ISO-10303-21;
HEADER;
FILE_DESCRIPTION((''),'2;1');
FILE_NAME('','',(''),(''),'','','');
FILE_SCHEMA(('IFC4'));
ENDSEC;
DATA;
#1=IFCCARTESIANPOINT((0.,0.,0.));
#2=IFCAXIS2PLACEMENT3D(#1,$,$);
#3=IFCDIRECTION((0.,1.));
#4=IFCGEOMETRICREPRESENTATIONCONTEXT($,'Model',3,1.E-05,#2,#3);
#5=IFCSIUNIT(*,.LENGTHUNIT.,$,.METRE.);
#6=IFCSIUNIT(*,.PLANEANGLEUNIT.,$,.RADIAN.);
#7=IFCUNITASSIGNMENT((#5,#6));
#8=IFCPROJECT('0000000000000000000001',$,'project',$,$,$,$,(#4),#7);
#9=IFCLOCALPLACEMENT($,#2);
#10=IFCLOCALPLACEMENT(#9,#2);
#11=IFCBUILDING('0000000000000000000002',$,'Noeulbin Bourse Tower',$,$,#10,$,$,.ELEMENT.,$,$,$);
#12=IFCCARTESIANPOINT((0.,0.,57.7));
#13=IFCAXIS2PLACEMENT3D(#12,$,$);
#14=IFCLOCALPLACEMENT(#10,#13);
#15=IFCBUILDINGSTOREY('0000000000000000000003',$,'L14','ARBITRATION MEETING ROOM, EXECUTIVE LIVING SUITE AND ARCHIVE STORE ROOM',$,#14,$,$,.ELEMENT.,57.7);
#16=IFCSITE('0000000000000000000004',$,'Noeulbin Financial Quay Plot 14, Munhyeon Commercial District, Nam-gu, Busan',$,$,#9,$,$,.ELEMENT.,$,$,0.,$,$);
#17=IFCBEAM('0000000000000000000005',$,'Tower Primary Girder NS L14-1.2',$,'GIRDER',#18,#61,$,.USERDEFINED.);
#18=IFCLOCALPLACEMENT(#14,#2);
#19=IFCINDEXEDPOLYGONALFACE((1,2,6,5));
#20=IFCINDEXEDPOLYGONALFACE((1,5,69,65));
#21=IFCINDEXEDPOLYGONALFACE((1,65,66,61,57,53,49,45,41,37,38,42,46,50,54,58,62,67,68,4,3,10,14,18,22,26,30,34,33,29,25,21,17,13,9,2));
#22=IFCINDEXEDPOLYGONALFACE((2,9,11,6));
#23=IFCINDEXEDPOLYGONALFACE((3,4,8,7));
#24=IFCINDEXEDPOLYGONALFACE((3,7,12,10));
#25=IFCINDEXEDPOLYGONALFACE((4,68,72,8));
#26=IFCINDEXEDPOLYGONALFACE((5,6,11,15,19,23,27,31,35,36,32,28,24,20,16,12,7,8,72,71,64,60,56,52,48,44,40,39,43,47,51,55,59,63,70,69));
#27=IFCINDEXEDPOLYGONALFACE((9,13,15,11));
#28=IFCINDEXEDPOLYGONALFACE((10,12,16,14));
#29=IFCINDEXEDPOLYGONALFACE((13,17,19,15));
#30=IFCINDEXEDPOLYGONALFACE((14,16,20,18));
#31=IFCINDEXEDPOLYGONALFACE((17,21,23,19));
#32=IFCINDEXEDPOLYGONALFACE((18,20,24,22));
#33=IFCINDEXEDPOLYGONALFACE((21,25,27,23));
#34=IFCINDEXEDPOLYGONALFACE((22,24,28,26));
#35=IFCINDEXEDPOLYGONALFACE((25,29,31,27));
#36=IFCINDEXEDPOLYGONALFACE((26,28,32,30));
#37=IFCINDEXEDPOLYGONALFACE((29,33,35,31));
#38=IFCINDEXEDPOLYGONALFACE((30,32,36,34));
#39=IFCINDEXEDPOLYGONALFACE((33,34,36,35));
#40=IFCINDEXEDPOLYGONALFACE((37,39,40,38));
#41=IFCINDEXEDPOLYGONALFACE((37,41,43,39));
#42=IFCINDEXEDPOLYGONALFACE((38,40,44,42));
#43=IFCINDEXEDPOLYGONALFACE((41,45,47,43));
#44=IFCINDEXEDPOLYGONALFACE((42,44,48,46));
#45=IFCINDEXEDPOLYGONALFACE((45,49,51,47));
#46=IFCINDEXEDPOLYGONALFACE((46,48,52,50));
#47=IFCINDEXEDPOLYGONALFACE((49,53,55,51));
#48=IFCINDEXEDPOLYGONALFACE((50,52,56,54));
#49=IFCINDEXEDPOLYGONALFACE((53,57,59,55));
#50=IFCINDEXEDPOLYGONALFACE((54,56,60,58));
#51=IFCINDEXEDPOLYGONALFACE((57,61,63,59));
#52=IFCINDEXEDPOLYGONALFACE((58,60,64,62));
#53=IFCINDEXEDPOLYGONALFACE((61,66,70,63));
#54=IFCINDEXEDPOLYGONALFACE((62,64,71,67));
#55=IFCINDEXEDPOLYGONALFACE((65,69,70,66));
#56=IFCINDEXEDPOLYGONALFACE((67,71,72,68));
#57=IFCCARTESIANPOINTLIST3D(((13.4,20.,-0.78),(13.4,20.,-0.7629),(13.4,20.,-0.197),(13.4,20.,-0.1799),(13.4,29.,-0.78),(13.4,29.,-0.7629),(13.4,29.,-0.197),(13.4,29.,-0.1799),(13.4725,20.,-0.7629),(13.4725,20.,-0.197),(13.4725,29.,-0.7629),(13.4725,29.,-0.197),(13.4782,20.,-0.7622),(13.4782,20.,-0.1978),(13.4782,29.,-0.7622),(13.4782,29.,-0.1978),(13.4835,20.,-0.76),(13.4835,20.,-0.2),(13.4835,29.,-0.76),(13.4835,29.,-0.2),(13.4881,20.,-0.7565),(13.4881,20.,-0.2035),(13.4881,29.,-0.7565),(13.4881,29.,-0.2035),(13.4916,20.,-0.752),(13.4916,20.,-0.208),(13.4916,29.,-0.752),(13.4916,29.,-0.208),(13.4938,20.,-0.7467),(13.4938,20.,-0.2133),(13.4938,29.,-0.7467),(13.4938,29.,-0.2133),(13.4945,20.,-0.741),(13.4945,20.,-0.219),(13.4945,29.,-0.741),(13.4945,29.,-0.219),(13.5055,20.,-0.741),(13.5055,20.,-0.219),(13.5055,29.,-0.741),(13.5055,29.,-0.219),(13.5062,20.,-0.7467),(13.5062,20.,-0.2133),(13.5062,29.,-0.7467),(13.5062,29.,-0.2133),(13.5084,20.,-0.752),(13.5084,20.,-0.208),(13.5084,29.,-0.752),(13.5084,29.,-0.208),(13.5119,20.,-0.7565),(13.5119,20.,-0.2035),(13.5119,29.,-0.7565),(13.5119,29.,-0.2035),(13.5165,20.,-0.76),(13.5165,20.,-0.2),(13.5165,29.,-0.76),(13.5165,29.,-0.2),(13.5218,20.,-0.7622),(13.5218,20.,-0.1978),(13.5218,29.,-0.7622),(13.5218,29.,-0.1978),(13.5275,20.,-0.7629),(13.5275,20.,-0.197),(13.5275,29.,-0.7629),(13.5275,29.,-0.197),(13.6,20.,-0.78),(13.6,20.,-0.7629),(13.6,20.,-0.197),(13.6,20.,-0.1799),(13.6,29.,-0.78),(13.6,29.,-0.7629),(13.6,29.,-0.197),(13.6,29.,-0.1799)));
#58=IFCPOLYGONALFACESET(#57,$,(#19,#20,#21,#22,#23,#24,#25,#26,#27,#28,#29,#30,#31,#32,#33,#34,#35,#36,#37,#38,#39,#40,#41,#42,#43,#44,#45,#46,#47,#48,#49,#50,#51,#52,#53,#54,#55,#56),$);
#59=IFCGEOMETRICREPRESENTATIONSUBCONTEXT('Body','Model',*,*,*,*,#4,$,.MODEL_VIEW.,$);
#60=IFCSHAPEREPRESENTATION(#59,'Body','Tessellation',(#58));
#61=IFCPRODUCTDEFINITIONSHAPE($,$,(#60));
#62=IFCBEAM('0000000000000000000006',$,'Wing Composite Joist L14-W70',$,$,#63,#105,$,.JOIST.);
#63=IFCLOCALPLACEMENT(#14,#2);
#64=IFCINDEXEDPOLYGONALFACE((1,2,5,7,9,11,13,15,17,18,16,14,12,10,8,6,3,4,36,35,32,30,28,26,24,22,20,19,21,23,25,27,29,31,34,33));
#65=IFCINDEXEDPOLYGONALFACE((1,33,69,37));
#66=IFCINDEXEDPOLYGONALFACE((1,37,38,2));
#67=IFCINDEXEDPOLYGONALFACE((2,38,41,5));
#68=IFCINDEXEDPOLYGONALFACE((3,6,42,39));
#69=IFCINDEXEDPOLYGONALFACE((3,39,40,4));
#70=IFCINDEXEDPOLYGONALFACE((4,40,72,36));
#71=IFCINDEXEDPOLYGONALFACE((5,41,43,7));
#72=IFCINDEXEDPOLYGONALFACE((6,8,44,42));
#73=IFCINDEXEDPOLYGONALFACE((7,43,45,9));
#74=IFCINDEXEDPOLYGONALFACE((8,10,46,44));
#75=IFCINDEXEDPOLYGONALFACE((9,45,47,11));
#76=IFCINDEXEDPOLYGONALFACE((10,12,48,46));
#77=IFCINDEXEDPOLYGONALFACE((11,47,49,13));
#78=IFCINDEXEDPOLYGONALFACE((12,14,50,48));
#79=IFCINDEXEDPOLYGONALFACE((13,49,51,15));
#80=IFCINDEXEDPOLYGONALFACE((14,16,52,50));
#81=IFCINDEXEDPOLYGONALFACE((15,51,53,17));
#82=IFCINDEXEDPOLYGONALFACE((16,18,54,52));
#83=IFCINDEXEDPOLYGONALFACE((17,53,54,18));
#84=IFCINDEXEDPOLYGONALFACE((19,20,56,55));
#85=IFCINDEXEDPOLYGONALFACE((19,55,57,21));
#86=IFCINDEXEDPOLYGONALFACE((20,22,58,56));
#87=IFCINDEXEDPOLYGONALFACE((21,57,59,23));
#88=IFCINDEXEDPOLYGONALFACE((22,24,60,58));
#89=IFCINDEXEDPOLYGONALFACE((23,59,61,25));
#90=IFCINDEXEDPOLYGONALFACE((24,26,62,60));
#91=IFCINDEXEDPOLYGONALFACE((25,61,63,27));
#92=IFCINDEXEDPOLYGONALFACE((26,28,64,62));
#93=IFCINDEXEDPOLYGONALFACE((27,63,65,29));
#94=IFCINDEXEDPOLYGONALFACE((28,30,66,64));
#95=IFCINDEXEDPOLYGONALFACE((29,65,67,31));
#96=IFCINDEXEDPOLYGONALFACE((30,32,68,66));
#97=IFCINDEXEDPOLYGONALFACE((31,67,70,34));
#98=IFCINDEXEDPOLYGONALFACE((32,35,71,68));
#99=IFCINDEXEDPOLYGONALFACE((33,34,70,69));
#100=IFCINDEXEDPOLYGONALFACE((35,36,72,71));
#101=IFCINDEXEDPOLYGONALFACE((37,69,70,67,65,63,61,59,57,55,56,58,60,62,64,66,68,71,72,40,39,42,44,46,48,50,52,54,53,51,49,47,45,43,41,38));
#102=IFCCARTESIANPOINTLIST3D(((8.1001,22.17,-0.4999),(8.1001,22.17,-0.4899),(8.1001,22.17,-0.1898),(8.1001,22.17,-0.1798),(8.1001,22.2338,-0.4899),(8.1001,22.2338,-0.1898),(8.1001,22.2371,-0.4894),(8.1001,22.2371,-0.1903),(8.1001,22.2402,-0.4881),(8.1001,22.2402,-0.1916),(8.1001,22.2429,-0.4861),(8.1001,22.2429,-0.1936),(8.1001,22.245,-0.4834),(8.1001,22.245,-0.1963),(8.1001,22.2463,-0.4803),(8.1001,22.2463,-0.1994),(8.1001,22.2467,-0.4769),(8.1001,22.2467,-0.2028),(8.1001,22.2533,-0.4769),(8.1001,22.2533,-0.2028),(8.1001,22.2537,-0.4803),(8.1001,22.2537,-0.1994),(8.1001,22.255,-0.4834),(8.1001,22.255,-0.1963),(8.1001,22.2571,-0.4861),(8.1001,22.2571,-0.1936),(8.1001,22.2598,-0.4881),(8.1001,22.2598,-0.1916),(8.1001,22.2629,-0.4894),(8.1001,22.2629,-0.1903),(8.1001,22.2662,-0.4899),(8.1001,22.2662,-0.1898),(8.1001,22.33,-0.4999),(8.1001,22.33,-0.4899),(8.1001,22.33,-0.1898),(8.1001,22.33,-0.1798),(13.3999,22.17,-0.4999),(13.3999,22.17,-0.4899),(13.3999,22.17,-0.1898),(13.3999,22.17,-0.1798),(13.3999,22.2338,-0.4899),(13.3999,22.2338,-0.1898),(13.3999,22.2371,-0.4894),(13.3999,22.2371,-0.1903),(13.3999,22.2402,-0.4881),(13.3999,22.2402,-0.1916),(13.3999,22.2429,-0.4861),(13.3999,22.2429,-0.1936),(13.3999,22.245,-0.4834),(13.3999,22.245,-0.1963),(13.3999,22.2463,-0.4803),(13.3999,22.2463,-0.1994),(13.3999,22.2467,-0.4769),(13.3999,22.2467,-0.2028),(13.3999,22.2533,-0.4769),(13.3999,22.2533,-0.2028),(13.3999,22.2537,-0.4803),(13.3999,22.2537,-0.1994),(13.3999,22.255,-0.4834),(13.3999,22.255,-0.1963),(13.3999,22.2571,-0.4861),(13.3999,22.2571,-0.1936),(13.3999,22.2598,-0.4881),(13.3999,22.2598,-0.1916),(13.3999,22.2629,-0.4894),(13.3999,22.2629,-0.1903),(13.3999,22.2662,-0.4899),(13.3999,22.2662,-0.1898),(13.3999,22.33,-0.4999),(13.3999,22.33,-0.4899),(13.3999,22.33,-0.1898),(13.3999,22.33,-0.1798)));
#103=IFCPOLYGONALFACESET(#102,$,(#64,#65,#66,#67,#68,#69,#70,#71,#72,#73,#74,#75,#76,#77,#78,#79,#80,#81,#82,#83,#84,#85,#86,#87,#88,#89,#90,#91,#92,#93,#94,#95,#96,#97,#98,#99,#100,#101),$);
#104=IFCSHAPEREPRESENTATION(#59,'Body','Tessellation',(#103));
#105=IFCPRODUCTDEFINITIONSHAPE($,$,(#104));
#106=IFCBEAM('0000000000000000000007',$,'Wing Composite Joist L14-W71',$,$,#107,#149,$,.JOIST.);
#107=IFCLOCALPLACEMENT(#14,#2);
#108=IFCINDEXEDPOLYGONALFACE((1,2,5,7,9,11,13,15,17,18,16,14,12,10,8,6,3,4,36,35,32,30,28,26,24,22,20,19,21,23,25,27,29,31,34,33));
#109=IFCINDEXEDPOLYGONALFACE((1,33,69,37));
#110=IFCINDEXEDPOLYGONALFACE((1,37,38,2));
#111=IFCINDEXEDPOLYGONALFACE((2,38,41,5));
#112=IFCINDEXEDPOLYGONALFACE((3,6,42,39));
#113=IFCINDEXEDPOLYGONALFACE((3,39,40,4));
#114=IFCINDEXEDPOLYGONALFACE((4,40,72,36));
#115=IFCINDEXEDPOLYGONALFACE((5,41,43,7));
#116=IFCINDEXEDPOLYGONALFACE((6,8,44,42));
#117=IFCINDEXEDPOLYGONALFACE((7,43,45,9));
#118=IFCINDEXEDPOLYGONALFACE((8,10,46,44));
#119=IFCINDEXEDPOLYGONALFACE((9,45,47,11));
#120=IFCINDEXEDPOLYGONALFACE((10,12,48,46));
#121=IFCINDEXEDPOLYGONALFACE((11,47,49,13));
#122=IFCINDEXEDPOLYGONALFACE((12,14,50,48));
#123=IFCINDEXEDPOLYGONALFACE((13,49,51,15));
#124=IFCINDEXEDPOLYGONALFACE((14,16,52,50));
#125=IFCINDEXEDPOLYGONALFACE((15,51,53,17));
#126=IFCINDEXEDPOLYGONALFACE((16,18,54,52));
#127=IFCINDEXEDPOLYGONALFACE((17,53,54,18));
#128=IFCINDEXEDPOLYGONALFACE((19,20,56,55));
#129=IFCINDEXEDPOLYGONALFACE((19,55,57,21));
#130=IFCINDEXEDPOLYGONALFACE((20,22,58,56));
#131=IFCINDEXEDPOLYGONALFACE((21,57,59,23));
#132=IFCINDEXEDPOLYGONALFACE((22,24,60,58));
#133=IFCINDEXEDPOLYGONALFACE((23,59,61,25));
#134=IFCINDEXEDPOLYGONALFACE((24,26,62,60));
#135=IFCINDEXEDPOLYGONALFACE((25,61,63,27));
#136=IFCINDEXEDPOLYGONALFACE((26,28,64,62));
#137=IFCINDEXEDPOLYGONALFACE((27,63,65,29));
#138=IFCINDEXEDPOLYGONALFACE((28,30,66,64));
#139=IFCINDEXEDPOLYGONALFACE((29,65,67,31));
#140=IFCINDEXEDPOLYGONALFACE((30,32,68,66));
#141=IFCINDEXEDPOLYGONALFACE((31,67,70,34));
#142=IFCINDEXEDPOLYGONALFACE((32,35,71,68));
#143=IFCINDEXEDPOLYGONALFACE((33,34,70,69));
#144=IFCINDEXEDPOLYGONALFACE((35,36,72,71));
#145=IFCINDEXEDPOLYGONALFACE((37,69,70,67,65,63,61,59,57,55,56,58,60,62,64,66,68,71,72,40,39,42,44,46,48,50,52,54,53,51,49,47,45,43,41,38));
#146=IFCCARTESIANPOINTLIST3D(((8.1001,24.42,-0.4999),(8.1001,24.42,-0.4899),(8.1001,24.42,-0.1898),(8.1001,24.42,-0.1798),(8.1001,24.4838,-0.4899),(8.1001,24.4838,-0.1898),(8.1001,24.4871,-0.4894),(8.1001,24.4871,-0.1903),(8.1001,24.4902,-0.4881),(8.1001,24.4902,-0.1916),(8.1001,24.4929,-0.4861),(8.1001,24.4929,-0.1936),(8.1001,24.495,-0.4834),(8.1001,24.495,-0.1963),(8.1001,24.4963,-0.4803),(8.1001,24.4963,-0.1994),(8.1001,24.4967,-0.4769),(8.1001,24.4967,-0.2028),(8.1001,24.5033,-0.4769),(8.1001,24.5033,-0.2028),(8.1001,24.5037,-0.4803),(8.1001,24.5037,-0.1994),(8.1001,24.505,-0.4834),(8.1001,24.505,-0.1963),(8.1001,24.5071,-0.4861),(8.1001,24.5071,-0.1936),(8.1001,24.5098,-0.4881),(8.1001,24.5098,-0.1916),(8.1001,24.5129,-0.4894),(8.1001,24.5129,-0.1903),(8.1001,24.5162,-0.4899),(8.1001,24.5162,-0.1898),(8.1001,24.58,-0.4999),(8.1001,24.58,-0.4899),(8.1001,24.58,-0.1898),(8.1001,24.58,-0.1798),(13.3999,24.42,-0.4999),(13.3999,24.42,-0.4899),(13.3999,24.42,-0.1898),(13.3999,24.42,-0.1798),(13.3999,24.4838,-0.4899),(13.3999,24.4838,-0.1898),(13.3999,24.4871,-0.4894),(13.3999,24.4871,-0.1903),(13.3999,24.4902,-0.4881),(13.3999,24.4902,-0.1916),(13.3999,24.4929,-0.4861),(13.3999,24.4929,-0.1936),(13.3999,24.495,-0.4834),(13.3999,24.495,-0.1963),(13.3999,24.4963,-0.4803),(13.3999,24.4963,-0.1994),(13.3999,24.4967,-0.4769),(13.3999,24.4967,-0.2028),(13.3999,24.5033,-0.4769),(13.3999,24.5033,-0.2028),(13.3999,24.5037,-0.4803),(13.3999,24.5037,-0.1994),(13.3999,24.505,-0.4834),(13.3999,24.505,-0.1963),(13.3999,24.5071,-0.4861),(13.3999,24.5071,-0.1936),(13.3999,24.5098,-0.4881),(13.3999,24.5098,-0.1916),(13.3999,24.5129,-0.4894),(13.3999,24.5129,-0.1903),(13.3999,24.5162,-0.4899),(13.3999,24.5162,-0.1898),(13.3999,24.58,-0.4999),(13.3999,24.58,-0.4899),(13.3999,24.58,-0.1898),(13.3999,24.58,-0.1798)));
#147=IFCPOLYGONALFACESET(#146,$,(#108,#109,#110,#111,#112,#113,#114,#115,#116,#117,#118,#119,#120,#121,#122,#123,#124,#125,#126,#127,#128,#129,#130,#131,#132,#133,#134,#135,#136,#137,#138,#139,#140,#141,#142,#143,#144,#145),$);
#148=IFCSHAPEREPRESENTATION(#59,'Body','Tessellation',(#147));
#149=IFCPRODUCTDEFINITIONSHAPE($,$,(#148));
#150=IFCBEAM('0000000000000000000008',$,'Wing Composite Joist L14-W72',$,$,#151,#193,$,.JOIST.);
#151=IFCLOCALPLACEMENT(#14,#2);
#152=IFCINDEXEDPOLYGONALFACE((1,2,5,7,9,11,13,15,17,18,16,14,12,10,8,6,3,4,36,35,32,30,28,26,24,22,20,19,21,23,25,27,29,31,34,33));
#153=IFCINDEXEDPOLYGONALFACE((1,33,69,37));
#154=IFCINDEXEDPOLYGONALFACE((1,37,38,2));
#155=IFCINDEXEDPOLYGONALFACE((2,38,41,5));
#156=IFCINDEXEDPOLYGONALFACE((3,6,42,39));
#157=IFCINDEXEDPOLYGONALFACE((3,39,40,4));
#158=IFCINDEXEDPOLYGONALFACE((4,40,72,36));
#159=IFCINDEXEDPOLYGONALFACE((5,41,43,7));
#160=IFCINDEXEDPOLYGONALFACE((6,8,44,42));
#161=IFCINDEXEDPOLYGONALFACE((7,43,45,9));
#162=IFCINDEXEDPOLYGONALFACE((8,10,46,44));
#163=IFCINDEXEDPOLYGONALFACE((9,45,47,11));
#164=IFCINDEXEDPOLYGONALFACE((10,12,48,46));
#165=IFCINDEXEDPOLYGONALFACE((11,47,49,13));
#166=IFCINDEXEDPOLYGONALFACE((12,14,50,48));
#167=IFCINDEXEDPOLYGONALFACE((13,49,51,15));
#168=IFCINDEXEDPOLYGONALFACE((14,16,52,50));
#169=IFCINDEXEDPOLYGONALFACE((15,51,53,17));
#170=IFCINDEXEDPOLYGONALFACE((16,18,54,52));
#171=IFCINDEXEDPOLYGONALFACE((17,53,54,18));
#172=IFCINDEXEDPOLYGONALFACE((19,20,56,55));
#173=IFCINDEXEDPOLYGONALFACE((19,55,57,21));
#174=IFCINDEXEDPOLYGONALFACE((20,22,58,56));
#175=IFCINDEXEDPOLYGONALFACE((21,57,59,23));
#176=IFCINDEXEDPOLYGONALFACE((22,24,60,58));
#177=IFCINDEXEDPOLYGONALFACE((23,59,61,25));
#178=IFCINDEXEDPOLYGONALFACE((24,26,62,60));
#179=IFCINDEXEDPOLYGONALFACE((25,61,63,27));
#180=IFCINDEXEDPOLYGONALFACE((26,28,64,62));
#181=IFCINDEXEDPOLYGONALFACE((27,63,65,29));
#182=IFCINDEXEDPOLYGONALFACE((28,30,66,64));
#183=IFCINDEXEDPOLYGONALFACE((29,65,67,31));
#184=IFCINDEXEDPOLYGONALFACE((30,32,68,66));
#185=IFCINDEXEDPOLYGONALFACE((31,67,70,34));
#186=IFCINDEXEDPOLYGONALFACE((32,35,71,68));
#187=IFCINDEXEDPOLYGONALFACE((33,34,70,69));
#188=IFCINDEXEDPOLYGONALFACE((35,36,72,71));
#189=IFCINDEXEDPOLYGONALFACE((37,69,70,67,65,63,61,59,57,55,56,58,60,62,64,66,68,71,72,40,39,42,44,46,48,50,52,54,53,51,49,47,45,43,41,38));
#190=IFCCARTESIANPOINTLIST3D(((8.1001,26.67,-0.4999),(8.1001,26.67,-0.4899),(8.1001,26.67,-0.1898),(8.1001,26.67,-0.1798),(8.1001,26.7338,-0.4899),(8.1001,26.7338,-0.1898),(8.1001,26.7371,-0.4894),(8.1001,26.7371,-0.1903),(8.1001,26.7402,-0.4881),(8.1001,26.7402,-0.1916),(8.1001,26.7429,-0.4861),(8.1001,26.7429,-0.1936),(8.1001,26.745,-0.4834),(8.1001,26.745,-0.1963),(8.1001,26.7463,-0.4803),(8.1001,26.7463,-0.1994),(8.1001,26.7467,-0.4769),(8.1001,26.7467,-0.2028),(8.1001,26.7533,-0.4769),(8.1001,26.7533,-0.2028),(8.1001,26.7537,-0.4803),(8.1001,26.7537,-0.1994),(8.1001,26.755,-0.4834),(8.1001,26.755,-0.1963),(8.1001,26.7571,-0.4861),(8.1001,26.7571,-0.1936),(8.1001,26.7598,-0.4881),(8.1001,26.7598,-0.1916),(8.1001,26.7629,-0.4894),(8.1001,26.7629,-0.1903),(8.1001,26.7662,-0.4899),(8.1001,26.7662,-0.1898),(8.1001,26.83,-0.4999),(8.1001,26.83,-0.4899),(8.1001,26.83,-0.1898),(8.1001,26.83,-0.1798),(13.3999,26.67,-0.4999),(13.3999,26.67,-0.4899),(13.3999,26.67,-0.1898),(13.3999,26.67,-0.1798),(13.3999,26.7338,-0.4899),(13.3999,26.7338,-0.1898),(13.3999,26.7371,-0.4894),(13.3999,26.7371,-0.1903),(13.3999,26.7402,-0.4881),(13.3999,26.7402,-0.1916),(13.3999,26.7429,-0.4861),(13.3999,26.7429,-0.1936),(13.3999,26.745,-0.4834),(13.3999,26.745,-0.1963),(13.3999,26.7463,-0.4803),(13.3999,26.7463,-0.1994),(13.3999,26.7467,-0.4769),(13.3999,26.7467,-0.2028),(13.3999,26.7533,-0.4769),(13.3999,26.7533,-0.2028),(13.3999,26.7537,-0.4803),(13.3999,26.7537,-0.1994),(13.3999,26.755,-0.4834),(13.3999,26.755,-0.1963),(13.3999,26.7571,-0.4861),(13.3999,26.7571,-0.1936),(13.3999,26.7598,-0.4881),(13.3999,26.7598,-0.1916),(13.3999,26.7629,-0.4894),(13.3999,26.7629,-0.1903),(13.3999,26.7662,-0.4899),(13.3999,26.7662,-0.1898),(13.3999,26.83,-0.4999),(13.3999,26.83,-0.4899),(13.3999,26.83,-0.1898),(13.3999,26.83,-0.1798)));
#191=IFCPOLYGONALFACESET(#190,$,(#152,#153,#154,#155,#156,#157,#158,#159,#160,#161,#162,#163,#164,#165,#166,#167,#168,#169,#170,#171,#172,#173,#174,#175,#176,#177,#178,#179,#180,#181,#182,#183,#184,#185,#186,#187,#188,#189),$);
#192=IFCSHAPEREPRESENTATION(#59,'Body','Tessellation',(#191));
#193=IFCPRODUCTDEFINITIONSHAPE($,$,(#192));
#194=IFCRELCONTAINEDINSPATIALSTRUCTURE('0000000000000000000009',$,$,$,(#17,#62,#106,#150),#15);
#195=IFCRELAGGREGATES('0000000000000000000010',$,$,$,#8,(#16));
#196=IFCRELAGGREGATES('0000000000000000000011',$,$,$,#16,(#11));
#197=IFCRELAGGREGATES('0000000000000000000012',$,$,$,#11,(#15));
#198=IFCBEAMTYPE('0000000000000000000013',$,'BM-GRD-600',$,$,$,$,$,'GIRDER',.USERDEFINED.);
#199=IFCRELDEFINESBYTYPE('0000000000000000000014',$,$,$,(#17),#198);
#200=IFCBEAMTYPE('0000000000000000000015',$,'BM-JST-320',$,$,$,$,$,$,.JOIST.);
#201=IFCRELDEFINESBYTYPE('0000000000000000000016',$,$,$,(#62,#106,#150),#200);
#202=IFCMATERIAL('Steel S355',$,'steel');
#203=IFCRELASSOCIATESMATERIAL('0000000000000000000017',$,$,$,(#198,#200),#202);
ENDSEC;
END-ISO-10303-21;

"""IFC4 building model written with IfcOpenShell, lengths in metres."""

from ifc_helpers import new_model, si_unit, direction, frame, origin, origin_2d, place, context, subcontext, project, spatial, i_section, extrude, material, material_profile, profile_set, type_object, element, save


model = new_model("IFC4")

# Units and contexts
model_context = context("Model", 3, precision=1e-05, world=origin(), true_north=direction((0.0, 1.0)))
body_context = subcontext(model_context, "Body", "Model", "MODEL_VIEW")
ifc_project = project(units=[si_unit("LENGTHUNIT", "METRE"), si_unit("PLANEANGLEUNIT", "RADIAN")], contexts=[model_context])

# Site, building, storey
site_placement = place(None, origin())
site = spatial("IfcSite", under=ifc_project, at=site_placement, Name="Noeulbin Financial Quay Plot 14, Munhyeon Commercial District, Nam-gu, Busan", CompositionType="ELEMENT", RefElevation=0.0)
building_placement = place(site_placement, origin())
building = spatial("IfcBuilding", under=site, at=building_placement, Name="Noeulbin Bourse Tower", CompositionType="ELEMENT")
storey_placement = place(building_placement, frame((0.0, 0.0, 57.7)))
storey = spatial("IfcBuildingStorey", under=building, at=storey_placement, Name="L14", Description="ARBITRATION MEETING ROOM, EXECUTIVE LIVING SUITE AND ARCHIVE STORE ROOM", CompositionType="ELEMENT", Elevation=57.7)

# Beams
ifc_material_1 = material(Name="Steel S355", Category="steel")
ifc_material_profile_1 = material_profile(ifc_material_1, i_section(OverallWidth=0.2, OverallDepth=0.6001, WebThickness=0.011, FlangeThickness=0.0171, FilletRadius=0.022, at=origin_2d()), Name="H-600x200x11x17", Category="LoadBearing")
ifc_profile_set_1 = profile_set([ifc_material_profile_1], Name="Steel S355")
beam_type_1 = type_object("IfcBeamType", Name="BM-GRD-600", ElementType="GIRDER", PredefinedType="USERDEFINED", material=ifc_profile_set_1)
beam_1_placement = place(storey_placement, frame((13.5, 20.0, -0.48), z_axis=(0.0, 1.0, 0.0), x_axis=(-1.0, 0.0, 0.0)))
element("IfcBeam", 1, at=beam_1_placement, inside=storey, type_object=beam_type_1, Name="Tower Primary Girder NS L14-1.2", ObjectType="GIRDER", PredefinedType="USERDEFINED", context=body_context, shape_type="SweptSolid", body=[
    extrude(i_section(OverallWidth=0.2, OverallDepth=0.6001, WebThickness=0.011, FlangeThickness=0.0171, FilletRadius=0.022, at=origin_2d()), origin(), (0.0, 0.0, 1.0), 9.0),
])
ifc_material_profile_2 = material_profile(ifc_material_1, i_section(OverallWidth=0.1599, OverallDepth=0.3201, WebThickness=0.0066, FlangeThickness=0.01, FilletRadius=0.0129, at=origin_2d()), Name="H-320x160x6.5x10", Category="LoadBearing")
ifc_profile_set_2 = profile_set([ifc_material_profile_2], Name="Steel S355")
beam_type_2 = type_object("IfcBeamType", Name="BM-JST-320", PredefinedType="JOIST", material=ifc_profile_set_2)
for number, where, z_axis, x_axis, name in (
    (2, (8.1001, 22.25, -0.3398), (1.0, 0.0, 0.0), (0.0, 1.0, 0.0), "Wing Composite Joist L14-W70"),
    (3, (8.1001, 24.5, -0.3398), (1.0, 0.0, 0.0), (0.0, 1.0, 0.0), "Wing Composite Joist L14-W71"),
    (4, (8.1001, 26.75, -0.3398), (1.0, 0.0, 0.0), (0.0, 1.0, 0.0), "Wing Composite Joist L14-W72"),
):
    element("IfcBeam", number, at=place(storey_placement, frame(where, z_axis=z_axis, x_axis=x_axis)), inside=storey, type_object=beam_type_2, Name=name, PredefinedType="JOIST", context=body_context, shape_type="SweptSolid", body=[
        extrude(i_section(OverallWidth=0.1599, OverallDepth=0.3201, WebThickness=0.0066, FlangeThickness=0.01, FilletRadius=0.0129, at=origin_2d()), origin(), (0.0, 0.0, 1.0), 5.2998),
    ])

save(model, "model.ifc")
